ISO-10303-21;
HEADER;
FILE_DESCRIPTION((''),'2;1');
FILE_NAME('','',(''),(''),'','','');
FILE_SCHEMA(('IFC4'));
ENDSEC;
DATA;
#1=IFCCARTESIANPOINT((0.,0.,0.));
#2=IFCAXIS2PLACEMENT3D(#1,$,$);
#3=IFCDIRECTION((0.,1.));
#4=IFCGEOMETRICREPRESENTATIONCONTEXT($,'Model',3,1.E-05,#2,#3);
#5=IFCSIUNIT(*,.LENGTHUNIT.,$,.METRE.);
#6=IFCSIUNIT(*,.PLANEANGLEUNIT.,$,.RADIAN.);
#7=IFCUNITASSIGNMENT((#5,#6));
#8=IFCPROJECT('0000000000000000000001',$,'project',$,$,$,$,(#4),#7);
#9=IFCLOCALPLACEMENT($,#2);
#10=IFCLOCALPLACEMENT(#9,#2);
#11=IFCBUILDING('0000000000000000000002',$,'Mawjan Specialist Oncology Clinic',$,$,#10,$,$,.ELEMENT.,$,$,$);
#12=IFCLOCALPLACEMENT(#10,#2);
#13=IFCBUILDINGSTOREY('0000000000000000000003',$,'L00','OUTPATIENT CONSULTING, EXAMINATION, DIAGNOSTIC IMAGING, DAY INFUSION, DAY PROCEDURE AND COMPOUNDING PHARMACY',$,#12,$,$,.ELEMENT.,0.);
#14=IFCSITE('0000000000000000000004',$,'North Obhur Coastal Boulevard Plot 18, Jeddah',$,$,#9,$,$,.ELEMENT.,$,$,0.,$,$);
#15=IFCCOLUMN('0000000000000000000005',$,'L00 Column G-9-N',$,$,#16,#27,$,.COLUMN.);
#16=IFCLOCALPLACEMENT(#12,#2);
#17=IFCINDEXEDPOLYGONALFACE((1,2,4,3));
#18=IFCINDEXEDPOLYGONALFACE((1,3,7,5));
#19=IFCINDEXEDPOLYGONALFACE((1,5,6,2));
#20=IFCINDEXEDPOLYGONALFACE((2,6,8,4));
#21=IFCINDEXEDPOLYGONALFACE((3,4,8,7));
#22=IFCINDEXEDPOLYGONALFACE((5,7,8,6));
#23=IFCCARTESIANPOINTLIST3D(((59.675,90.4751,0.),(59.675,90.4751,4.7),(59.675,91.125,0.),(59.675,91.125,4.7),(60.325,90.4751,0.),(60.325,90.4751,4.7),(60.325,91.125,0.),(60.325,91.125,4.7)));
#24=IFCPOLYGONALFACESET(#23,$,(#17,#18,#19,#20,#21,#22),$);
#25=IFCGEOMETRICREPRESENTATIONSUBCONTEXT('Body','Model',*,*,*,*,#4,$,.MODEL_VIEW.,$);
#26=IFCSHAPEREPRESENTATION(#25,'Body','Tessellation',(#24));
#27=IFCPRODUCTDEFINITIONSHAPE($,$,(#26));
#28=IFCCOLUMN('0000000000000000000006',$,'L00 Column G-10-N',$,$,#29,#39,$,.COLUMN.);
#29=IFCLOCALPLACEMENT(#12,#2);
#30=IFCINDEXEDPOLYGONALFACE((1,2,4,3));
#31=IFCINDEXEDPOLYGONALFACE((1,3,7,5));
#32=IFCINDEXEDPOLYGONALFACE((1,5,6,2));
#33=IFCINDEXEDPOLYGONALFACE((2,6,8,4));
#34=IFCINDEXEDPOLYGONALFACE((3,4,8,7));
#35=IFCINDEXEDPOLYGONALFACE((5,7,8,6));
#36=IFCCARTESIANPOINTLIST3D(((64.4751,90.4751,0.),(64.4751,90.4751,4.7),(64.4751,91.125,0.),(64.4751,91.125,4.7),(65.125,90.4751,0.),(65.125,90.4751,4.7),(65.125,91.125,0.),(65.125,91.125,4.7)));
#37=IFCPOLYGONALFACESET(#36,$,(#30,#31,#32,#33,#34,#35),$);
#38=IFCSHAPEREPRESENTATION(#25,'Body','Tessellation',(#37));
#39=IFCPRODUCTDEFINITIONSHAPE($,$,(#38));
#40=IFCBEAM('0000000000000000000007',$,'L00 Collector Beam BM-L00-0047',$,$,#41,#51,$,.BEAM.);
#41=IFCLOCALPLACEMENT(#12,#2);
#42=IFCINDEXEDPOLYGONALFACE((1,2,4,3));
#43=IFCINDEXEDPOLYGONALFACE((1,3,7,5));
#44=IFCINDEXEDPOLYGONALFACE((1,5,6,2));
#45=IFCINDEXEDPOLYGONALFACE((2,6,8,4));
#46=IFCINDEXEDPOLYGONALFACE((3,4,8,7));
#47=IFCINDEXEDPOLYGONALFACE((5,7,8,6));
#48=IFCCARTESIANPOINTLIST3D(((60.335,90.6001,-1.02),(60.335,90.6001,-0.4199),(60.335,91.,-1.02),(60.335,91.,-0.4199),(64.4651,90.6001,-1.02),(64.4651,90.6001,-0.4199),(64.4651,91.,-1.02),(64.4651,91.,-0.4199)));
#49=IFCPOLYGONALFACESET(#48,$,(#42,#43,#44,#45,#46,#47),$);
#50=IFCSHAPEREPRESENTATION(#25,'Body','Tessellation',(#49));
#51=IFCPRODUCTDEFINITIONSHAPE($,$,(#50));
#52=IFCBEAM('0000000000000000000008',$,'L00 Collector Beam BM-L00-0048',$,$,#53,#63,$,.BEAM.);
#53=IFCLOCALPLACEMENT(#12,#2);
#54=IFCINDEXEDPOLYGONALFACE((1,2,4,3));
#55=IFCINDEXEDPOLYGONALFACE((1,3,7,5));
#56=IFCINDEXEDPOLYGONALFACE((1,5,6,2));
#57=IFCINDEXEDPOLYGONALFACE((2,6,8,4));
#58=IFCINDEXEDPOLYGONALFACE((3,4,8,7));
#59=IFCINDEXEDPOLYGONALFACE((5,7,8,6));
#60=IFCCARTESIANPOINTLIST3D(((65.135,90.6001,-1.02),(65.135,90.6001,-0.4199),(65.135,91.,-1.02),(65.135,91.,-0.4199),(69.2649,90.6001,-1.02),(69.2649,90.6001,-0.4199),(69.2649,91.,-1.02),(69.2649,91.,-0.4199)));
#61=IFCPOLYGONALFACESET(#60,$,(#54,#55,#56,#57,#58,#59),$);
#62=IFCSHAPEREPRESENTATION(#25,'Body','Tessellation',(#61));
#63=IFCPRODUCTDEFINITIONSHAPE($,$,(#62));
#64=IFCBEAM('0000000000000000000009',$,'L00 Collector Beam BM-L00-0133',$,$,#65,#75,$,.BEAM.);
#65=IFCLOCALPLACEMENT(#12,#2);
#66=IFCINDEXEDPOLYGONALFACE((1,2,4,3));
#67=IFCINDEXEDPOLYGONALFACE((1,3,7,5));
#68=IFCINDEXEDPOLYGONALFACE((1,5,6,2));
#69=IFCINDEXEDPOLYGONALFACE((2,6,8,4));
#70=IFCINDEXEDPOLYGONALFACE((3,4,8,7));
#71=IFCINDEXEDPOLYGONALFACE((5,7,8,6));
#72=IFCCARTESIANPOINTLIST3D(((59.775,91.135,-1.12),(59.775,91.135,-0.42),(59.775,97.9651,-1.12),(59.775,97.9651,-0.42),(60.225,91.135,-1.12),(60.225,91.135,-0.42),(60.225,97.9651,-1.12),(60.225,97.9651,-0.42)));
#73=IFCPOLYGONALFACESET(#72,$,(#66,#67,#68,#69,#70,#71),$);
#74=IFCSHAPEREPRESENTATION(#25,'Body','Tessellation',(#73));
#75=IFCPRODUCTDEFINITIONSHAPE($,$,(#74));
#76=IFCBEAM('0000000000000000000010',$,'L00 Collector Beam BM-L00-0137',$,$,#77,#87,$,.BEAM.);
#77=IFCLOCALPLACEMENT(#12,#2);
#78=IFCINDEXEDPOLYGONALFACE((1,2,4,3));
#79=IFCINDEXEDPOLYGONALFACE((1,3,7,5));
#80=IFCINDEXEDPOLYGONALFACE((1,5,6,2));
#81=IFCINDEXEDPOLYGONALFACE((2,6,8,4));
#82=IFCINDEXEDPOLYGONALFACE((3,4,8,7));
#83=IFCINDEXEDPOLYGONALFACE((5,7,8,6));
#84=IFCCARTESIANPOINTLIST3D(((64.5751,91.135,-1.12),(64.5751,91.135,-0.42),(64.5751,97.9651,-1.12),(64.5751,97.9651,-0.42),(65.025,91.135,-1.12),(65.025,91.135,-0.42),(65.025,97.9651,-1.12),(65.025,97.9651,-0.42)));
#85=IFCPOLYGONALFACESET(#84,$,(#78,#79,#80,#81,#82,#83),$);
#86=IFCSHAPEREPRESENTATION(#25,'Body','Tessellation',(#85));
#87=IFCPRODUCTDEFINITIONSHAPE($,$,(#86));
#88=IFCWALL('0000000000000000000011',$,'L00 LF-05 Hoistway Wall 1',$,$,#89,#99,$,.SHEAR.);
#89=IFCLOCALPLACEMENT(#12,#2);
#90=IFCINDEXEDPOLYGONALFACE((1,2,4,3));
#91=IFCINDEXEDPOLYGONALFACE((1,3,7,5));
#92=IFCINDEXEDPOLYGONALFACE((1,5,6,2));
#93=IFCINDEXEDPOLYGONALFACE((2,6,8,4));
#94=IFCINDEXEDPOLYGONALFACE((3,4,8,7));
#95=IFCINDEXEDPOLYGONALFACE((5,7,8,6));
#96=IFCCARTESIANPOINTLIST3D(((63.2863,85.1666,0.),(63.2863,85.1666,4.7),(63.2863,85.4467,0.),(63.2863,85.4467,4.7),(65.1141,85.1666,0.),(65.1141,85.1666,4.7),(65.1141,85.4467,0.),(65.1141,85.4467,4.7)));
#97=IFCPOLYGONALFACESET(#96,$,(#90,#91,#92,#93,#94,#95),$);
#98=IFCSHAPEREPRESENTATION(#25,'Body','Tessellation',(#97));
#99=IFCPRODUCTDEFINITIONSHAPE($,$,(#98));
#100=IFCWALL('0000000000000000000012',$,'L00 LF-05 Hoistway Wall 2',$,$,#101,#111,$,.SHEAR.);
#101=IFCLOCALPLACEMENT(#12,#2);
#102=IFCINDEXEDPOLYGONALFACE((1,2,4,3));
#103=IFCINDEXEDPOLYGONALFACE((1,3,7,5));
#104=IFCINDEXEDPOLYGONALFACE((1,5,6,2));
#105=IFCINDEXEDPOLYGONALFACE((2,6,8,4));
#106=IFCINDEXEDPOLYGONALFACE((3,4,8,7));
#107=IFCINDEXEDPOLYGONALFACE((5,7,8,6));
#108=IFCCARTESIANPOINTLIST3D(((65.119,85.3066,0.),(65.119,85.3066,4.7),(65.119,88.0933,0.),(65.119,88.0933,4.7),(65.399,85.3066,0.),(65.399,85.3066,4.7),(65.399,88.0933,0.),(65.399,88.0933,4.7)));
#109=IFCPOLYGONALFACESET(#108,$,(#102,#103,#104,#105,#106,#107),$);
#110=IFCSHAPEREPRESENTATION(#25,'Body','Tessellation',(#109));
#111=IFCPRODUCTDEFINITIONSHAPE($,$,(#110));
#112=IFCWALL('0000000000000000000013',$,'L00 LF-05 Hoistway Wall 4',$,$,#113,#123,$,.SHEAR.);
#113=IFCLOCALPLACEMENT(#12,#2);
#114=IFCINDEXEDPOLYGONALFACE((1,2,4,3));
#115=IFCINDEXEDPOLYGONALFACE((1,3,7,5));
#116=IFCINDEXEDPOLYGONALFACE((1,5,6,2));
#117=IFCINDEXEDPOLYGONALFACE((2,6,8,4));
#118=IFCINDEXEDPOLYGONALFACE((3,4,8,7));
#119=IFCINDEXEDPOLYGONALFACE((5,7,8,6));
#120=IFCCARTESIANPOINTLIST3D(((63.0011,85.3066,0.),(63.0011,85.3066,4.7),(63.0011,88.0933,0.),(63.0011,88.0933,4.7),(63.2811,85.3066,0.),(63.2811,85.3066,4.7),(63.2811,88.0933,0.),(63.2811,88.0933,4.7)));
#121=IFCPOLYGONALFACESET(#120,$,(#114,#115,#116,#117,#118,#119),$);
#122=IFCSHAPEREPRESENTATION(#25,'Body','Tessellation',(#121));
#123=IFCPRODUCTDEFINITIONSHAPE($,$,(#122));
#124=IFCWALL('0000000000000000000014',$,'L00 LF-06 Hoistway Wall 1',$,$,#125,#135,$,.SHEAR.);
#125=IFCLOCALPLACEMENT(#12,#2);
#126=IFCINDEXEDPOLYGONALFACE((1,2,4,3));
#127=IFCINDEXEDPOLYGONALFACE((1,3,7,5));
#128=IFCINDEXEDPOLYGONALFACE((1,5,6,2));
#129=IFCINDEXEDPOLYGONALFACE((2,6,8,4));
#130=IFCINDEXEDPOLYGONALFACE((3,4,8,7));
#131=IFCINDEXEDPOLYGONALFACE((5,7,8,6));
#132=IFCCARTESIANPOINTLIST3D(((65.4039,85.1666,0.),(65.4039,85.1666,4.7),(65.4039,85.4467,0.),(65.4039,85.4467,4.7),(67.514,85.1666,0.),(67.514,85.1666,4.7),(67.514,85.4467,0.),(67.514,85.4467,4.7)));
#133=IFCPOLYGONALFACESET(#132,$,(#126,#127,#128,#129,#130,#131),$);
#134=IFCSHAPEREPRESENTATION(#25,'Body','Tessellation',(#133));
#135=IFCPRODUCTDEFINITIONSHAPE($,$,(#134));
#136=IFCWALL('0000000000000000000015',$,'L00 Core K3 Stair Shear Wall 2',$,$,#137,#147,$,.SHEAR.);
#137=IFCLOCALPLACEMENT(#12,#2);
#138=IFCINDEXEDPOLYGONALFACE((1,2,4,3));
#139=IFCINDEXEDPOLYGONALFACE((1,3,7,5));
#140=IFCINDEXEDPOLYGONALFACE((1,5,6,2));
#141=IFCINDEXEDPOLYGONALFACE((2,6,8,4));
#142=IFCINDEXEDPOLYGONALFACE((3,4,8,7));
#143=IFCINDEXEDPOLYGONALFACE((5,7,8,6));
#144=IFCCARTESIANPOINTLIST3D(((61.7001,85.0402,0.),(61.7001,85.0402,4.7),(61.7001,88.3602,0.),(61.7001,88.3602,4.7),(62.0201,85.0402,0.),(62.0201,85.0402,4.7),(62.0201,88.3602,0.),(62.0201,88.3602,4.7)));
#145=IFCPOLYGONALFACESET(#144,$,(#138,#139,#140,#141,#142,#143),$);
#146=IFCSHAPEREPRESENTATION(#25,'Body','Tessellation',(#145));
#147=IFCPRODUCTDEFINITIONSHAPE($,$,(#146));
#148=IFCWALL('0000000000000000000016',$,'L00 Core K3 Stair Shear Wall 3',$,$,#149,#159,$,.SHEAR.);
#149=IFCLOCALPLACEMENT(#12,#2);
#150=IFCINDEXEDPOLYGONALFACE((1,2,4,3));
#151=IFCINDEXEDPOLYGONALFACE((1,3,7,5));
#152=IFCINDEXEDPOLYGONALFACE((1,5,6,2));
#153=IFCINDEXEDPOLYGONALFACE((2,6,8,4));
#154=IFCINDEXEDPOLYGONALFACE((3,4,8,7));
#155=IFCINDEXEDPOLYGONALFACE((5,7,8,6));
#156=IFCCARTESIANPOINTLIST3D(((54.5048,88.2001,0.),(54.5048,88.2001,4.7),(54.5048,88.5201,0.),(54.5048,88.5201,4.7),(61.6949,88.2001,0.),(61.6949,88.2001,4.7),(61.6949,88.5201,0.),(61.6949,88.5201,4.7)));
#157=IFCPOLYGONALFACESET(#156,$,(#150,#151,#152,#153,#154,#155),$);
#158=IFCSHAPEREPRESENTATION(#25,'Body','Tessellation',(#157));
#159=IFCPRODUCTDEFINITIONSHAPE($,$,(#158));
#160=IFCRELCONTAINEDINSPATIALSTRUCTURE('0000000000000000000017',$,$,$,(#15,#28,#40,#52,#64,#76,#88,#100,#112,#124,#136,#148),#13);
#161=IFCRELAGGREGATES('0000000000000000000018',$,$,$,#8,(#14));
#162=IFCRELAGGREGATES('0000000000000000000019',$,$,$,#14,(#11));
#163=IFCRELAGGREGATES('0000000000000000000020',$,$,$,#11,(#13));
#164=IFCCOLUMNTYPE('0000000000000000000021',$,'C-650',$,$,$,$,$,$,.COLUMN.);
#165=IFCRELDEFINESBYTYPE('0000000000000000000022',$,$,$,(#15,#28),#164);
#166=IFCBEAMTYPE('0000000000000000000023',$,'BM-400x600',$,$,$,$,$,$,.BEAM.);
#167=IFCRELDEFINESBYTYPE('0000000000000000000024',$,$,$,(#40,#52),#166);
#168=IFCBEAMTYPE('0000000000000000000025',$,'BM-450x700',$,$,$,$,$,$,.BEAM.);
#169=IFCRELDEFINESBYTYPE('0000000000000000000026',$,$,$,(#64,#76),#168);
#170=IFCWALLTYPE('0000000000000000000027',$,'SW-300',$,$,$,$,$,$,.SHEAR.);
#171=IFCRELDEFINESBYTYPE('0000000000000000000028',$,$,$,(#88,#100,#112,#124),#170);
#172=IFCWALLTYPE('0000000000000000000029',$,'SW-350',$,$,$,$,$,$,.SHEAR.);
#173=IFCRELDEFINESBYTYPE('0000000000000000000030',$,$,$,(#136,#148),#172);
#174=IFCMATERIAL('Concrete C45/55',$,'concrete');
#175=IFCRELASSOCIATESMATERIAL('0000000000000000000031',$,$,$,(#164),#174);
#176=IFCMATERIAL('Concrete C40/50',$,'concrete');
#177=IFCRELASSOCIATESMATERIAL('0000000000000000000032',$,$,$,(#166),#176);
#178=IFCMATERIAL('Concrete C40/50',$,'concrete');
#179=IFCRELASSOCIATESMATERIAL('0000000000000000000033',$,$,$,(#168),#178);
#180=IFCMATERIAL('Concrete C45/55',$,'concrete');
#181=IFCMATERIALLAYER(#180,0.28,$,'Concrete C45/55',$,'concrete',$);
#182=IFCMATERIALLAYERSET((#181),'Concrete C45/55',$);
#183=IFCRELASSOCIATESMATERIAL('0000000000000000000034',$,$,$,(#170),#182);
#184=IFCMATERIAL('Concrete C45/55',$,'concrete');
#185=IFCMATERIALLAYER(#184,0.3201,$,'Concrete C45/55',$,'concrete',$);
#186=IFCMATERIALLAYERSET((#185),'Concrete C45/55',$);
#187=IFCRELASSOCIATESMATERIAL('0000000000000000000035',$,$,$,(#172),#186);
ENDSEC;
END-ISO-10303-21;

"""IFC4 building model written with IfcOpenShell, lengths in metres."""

from ifc_helpers import new_model, si_unit, direction, frame, frame_2d, origin, origin_2d, place, context, subcontext, project, spatial, rectangle, extrude, material, layer, layer_set, material_profile, profile_set, type_object, element, save


model = new_model("IFC4")

# Units and contexts
model_context = context("Model", 3, precision=1e-05, world=origin(), true_north=direction((0.0, 1.0)))
body_context = subcontext(model_context, "Body", "Model", "MODEL_VIEW")
ifc_project = project(units=[si_unit("LENGTHUNIT", "METRE"), si_unit("PLANEANGLEUNIT", "RADIAN")], contexts=[model_context])

# Site, building, storey
site_placement = place(None, origin())
site = spatial("IfcSite", under=ifc_project, at=site_placement, Name="North Obhur Coastal Boulevard Plot 18, Jeddah", CompositionType="ELEMENT", RefElevation=0.0)
building_placement = place(site_placement, origin())
building = spatial("IfcBuilding", under=site, at=building_placement, Name="Mawjan Specialist Oncology Clinic", CompositionType="ELEMENT")
storey_placement = place(building_placement, origin())
storey = spatial("IfcBuildingStorey", under=building, at=storey_placement, Name="L00", Description="OUTPATIENT CONSULTING, EXAMINATION, DIAGNOSTIC IMAGING, DAY INFUSION, DAY PROCEDURE AND COMPOUNDING PHARMACY", CompositionType="ELEMENT", Elevation=0.0)

# Columns
ifc_material_1 = material(Name="Concrete C45/55", Category="concrete")
ifc_material_profile_1 = material_profile(ifc_material_1, rectangle(XDim=0.6499, YDim=0.6499, at=origin_2d()), Name="RC COL 650x650", Category="concrete")
ifc_profile_set_1 = profile_set([ifc_material_profile_1], Name="Concrete C45/55")
column_type = type_object("IfcColumnType", Name="C-650", PredefinedType="COLUMN", material=ifc_profile_set_1)
for number, where, z_axis, x_axis, name in (
    (1, (60.0, 90.8, 0.0), (0.0, 0.0, 1.0), (1.0, 0.0, 0.0), "L00 Column G-9-N"),
    (2, (64.8, 90.8, 0.0), (0.0, 0.0, 1.0), (1.0, 0.0, 0.0), "L00 Column G-10-N"),
):
    element("IfcColumn", number, at=place(storey_placement, frame(where, z_axis=z_axis, x_axis=x_axis)), inside=storey, type_object=column_type, Name=name, PredefinedType="COLUMN", context=body_context, shape_type="SweptSolid", body=[
        extrude(rectangle(XDim=0.6499, YDim=0.6499, at=origin_2d()), origin(), (0.0, 0.0, 1.0), 4.7),
    ])

# Beams
ifc_material_2 = material(Name="Concrete C40/50", Category="concrete")
ifc_material_profile_2 = material_profile(ifc_material_2, rectangle(XDim=0.3999, YDim=0.6001, at=origin_2d()), Name="RC BM 400x600", Category="concrete")
ifc_profile_set_2 = profile_set([ifc_material_profile_2], Name="Concrete C40/50")
beam_type_1 = type_object("IfcBeamType", Name="BM-400x600", PredefinedType="BEAM", material=ifc_profile_set_2)
beam_1_placement = place(storey_placement, frame((60.335, 90.8, -0.72), z_axis=(1.0, 0.0, 0.0), x_axis=(0.0, 1.0, 0.0)))
element("IfcBeam", 3, at=beam_1_placement, inside=storey, type_object=beam_type_1, Name="L00 Collector Beam BM-L00-0047", PredefinedType="BEAM", context=body_context, shape_type="SweptSolid", body=[
    extrude(rectangle(XDim=0.3999, YDim=0.6001, at=origin_2d()), origin(), (0.0, 0.0, 1.0), 4.1301),
])
beam_2_placement = place(storey_placement, frame((65.135, 90.8, -0.72), z_axis=(1.0, 0.0, 0.0), x_axis=(0.0, 1.0, 0.0)))
element("IfcBeam", 4, at=beam_2_placement, inside=storey, type_object=beam_type_1, Name="L00 Collector Beam BM-L00-0048", PredefinedType="BEAM", context=body_context, shape_type="SweptSolid", body=[
    extrude(rectangle(XDim=0.3999, YDim=0.6001, at=origin_2d()), origin(), (0.0, 0.0, 1.0), 4.1299),
])
ifc_material_3 = material(Name="Concrete C40/50", Category="concrete")
ifc_material_profile_3 = material_profile(ifc_material_3, rectangle(XDim=0.45, YDim=0.7, at=origin_2d()), Name="RC BM 450x700", Category="concrete")
ifc_profile_set_3 = profile_set([ifc_material_profile_3], Name="Concrete C40/50")
beam_type_2 = type_object("IfcBeamType", Name="BM-450x700", PredefinedType="BEAM", material=ifc_profile_set_3)
for number, where, z_axis, x_axis, name in (
    (5, (60.0, 91.135, -0.77), (0.0, 1.0, 0.0), (-1.0, 0.0, 0.0), "L00 Collector Beam BM-L00-0133"),
    (6, (64.8, 91.135, -0.77), (0.0, 1.0, 0.0), (-1.0, 0.0, 0.0), "L00 Collector Beam BM-L00-0137"),
):
    element("IfcBeam", number, at=place(storey_placement, frame(where, z_axis=z_axis, x_axis=x_axis)), inside=storey, type_object=beam_type_2, Name=name, PredefinedType="BEAM", context=body_context, shape_type="SweptSolid", body=[
        extrude(rectangle(XDim=0.45, YDim=0.7, at=origin_2d()), origin(), (0.0, 0.0, 1.0), 6.8301),
    ])

# Walls
ifc_material_4 = material(Name="Concrete C45/55", Category="concrete")
ifc_layer_1 = layer(ifc_material_4, 0.28, Name="Concrete C45/55", Category="concrete")
ifc_layer_set_1 = layer_set([ifc_layer_1], Name="Concrete C45/55")
wall_type_1 = type_object("IfcWallType", Name="SW-300", PredefinedType="SHEAR", material=ifc_layer_set_1)
wall_1_placement = place(storey_placement, frame((63.2861, 85.3066, 0.0), z_axis=(0.0, 0.0, 1.0), x_axis=(1.0, 0.0, 0.0)))
element("IfcWall", 7, at=wall_1_placement, inside=storey, type_object=wall_type_1, Name="L00 LF-05 Hoistway Wall 1", PredefinedType="SHEAR", context=body_context, shape_type="SweptSolid", body=[
    extrude(rectangle(XDim=1.8279, YDim=0.28, at=frame_2d((0.9141, 0.0))), origin(), (0.0, 0.0, 1.0), 4.7),
])
wall_2_placement = place(storey_placement, frame((65.259, 85.3066, 0.0), z_axis=(0.0, 0.0, 1.0), x_axis=(0.0, 1.0, 0.0)))
element("IfcWall", 8, at=wall_2_placement, inside=storey, type_object=wall_type_1, Name="L00 LF-05 Hoistway Wall 2", PredefinedType="SHEAR", context=body_context, shape_type="SweptSolid", body=[
    extrude(rectangle(XDim=2.7866, YDim=0.28, at=frame_2d((1.3933, 0.0))), origin(), (0.0, 0.0, 1.0), 4.7),
])

# Walls
wall_3_placement = place(storey_placement, frame((63.1411, 88.0933, 0.0), z_axis=(0.0, 0.0, 1.0), x_axis=(0.0, -1.0, 0.0)))
element("IfcWall", 9, at=wall_3_placement, inside=storey, type_object=wall_type_1, Name="L00 LF-05 Hoistway Wall 4", PredefinedType="SHEAR", context=body_context, shape_type="SweptSolid", body=[
    extrude(rectangle(XDim=2.7866, YDim=0.28, at=frame_2d((1.3933, 0.0))), origin(), (0.0, 0.0, 1.0), 4.7),
])
wall_4_placement = place(storey_placement, frame((65.4038, 85.3066, 0.0), z_axis=(0.0, 0.0, 1.0), x_axis=(1.0, 0.0, 0.0)))
element("IfcWall", 10, at=wall_4_placement, inside=storey, type_object=wall_type_1, Name="L00 LF-06 Hoistway Wall 1", PredefinedType="SHEAR", context=body_context, shape_type="SweptSolid", body=[
    extrude(rectangle(XDim=2.1101, YDim=0.28, at=frame_2d((1.0552, 0.0))), origin(), (0.0, 0.0, 1.0), 4.7),
])
ifc_material_5 = material(Name="Concrete C45/55", Category="concrete")
ifc_layer_2 = layer(ifc_material_5, 0.3201, Name="Concrete C45/55", Category="concrete")
ifc_layer_set_2 = layer_set([ifc_layer_2], Name="Concrete C45/55")
wall_type_2 = type_object("IfcWallType", Name="SW-350", PredefinedType="SHEAR", material=ifc_layer_set_2)
wall_5_placement = place(storey_placement, frame((61.8601, 85.04, 0.0), z_axis=(0.0, 0.0, 1.0), x_axis=(0.0, 1.0, 0.0)))
element("IfcWall", 11, at=wall_5_placement, inside=storey, type_object=wall_type_2, Name="L00 Core K3 Stair Shear Wall 2", PredefinedType="SHEAR", context=body_context, shape_type="SweptSolid", body=[
    extrude(rectangle(XDim=3.3201, YDim=0.3201, at=frame_2d((1.6602, 0.0))), origin(), (0.0, 0.0, 1.0), 4.7),
])
wall_6_placement = place(storey_placement, frame((61.6951, 88.3601, 0.0), z_axis=(0.0, 0.0, 1.0), x_axis=(-1.0, 0.0, 0.0)))
element("IfcWall", 12, at=wall_6_placement, inside=storey, type_object=wall_type_2, Name="L00 Core K3 Stair Shear Wall 3", PredefinedType="SHEAR", context=body_context, shape_type="SweptSolid", body=[
    extrude(rectangle(XDim=7.1902, YDim=0.3201, at=frame_2d((3.5952, 0.0))), origin(), (0.0, 0.0, 1.0), 4.7),
])

save(model, "model.ifc")
